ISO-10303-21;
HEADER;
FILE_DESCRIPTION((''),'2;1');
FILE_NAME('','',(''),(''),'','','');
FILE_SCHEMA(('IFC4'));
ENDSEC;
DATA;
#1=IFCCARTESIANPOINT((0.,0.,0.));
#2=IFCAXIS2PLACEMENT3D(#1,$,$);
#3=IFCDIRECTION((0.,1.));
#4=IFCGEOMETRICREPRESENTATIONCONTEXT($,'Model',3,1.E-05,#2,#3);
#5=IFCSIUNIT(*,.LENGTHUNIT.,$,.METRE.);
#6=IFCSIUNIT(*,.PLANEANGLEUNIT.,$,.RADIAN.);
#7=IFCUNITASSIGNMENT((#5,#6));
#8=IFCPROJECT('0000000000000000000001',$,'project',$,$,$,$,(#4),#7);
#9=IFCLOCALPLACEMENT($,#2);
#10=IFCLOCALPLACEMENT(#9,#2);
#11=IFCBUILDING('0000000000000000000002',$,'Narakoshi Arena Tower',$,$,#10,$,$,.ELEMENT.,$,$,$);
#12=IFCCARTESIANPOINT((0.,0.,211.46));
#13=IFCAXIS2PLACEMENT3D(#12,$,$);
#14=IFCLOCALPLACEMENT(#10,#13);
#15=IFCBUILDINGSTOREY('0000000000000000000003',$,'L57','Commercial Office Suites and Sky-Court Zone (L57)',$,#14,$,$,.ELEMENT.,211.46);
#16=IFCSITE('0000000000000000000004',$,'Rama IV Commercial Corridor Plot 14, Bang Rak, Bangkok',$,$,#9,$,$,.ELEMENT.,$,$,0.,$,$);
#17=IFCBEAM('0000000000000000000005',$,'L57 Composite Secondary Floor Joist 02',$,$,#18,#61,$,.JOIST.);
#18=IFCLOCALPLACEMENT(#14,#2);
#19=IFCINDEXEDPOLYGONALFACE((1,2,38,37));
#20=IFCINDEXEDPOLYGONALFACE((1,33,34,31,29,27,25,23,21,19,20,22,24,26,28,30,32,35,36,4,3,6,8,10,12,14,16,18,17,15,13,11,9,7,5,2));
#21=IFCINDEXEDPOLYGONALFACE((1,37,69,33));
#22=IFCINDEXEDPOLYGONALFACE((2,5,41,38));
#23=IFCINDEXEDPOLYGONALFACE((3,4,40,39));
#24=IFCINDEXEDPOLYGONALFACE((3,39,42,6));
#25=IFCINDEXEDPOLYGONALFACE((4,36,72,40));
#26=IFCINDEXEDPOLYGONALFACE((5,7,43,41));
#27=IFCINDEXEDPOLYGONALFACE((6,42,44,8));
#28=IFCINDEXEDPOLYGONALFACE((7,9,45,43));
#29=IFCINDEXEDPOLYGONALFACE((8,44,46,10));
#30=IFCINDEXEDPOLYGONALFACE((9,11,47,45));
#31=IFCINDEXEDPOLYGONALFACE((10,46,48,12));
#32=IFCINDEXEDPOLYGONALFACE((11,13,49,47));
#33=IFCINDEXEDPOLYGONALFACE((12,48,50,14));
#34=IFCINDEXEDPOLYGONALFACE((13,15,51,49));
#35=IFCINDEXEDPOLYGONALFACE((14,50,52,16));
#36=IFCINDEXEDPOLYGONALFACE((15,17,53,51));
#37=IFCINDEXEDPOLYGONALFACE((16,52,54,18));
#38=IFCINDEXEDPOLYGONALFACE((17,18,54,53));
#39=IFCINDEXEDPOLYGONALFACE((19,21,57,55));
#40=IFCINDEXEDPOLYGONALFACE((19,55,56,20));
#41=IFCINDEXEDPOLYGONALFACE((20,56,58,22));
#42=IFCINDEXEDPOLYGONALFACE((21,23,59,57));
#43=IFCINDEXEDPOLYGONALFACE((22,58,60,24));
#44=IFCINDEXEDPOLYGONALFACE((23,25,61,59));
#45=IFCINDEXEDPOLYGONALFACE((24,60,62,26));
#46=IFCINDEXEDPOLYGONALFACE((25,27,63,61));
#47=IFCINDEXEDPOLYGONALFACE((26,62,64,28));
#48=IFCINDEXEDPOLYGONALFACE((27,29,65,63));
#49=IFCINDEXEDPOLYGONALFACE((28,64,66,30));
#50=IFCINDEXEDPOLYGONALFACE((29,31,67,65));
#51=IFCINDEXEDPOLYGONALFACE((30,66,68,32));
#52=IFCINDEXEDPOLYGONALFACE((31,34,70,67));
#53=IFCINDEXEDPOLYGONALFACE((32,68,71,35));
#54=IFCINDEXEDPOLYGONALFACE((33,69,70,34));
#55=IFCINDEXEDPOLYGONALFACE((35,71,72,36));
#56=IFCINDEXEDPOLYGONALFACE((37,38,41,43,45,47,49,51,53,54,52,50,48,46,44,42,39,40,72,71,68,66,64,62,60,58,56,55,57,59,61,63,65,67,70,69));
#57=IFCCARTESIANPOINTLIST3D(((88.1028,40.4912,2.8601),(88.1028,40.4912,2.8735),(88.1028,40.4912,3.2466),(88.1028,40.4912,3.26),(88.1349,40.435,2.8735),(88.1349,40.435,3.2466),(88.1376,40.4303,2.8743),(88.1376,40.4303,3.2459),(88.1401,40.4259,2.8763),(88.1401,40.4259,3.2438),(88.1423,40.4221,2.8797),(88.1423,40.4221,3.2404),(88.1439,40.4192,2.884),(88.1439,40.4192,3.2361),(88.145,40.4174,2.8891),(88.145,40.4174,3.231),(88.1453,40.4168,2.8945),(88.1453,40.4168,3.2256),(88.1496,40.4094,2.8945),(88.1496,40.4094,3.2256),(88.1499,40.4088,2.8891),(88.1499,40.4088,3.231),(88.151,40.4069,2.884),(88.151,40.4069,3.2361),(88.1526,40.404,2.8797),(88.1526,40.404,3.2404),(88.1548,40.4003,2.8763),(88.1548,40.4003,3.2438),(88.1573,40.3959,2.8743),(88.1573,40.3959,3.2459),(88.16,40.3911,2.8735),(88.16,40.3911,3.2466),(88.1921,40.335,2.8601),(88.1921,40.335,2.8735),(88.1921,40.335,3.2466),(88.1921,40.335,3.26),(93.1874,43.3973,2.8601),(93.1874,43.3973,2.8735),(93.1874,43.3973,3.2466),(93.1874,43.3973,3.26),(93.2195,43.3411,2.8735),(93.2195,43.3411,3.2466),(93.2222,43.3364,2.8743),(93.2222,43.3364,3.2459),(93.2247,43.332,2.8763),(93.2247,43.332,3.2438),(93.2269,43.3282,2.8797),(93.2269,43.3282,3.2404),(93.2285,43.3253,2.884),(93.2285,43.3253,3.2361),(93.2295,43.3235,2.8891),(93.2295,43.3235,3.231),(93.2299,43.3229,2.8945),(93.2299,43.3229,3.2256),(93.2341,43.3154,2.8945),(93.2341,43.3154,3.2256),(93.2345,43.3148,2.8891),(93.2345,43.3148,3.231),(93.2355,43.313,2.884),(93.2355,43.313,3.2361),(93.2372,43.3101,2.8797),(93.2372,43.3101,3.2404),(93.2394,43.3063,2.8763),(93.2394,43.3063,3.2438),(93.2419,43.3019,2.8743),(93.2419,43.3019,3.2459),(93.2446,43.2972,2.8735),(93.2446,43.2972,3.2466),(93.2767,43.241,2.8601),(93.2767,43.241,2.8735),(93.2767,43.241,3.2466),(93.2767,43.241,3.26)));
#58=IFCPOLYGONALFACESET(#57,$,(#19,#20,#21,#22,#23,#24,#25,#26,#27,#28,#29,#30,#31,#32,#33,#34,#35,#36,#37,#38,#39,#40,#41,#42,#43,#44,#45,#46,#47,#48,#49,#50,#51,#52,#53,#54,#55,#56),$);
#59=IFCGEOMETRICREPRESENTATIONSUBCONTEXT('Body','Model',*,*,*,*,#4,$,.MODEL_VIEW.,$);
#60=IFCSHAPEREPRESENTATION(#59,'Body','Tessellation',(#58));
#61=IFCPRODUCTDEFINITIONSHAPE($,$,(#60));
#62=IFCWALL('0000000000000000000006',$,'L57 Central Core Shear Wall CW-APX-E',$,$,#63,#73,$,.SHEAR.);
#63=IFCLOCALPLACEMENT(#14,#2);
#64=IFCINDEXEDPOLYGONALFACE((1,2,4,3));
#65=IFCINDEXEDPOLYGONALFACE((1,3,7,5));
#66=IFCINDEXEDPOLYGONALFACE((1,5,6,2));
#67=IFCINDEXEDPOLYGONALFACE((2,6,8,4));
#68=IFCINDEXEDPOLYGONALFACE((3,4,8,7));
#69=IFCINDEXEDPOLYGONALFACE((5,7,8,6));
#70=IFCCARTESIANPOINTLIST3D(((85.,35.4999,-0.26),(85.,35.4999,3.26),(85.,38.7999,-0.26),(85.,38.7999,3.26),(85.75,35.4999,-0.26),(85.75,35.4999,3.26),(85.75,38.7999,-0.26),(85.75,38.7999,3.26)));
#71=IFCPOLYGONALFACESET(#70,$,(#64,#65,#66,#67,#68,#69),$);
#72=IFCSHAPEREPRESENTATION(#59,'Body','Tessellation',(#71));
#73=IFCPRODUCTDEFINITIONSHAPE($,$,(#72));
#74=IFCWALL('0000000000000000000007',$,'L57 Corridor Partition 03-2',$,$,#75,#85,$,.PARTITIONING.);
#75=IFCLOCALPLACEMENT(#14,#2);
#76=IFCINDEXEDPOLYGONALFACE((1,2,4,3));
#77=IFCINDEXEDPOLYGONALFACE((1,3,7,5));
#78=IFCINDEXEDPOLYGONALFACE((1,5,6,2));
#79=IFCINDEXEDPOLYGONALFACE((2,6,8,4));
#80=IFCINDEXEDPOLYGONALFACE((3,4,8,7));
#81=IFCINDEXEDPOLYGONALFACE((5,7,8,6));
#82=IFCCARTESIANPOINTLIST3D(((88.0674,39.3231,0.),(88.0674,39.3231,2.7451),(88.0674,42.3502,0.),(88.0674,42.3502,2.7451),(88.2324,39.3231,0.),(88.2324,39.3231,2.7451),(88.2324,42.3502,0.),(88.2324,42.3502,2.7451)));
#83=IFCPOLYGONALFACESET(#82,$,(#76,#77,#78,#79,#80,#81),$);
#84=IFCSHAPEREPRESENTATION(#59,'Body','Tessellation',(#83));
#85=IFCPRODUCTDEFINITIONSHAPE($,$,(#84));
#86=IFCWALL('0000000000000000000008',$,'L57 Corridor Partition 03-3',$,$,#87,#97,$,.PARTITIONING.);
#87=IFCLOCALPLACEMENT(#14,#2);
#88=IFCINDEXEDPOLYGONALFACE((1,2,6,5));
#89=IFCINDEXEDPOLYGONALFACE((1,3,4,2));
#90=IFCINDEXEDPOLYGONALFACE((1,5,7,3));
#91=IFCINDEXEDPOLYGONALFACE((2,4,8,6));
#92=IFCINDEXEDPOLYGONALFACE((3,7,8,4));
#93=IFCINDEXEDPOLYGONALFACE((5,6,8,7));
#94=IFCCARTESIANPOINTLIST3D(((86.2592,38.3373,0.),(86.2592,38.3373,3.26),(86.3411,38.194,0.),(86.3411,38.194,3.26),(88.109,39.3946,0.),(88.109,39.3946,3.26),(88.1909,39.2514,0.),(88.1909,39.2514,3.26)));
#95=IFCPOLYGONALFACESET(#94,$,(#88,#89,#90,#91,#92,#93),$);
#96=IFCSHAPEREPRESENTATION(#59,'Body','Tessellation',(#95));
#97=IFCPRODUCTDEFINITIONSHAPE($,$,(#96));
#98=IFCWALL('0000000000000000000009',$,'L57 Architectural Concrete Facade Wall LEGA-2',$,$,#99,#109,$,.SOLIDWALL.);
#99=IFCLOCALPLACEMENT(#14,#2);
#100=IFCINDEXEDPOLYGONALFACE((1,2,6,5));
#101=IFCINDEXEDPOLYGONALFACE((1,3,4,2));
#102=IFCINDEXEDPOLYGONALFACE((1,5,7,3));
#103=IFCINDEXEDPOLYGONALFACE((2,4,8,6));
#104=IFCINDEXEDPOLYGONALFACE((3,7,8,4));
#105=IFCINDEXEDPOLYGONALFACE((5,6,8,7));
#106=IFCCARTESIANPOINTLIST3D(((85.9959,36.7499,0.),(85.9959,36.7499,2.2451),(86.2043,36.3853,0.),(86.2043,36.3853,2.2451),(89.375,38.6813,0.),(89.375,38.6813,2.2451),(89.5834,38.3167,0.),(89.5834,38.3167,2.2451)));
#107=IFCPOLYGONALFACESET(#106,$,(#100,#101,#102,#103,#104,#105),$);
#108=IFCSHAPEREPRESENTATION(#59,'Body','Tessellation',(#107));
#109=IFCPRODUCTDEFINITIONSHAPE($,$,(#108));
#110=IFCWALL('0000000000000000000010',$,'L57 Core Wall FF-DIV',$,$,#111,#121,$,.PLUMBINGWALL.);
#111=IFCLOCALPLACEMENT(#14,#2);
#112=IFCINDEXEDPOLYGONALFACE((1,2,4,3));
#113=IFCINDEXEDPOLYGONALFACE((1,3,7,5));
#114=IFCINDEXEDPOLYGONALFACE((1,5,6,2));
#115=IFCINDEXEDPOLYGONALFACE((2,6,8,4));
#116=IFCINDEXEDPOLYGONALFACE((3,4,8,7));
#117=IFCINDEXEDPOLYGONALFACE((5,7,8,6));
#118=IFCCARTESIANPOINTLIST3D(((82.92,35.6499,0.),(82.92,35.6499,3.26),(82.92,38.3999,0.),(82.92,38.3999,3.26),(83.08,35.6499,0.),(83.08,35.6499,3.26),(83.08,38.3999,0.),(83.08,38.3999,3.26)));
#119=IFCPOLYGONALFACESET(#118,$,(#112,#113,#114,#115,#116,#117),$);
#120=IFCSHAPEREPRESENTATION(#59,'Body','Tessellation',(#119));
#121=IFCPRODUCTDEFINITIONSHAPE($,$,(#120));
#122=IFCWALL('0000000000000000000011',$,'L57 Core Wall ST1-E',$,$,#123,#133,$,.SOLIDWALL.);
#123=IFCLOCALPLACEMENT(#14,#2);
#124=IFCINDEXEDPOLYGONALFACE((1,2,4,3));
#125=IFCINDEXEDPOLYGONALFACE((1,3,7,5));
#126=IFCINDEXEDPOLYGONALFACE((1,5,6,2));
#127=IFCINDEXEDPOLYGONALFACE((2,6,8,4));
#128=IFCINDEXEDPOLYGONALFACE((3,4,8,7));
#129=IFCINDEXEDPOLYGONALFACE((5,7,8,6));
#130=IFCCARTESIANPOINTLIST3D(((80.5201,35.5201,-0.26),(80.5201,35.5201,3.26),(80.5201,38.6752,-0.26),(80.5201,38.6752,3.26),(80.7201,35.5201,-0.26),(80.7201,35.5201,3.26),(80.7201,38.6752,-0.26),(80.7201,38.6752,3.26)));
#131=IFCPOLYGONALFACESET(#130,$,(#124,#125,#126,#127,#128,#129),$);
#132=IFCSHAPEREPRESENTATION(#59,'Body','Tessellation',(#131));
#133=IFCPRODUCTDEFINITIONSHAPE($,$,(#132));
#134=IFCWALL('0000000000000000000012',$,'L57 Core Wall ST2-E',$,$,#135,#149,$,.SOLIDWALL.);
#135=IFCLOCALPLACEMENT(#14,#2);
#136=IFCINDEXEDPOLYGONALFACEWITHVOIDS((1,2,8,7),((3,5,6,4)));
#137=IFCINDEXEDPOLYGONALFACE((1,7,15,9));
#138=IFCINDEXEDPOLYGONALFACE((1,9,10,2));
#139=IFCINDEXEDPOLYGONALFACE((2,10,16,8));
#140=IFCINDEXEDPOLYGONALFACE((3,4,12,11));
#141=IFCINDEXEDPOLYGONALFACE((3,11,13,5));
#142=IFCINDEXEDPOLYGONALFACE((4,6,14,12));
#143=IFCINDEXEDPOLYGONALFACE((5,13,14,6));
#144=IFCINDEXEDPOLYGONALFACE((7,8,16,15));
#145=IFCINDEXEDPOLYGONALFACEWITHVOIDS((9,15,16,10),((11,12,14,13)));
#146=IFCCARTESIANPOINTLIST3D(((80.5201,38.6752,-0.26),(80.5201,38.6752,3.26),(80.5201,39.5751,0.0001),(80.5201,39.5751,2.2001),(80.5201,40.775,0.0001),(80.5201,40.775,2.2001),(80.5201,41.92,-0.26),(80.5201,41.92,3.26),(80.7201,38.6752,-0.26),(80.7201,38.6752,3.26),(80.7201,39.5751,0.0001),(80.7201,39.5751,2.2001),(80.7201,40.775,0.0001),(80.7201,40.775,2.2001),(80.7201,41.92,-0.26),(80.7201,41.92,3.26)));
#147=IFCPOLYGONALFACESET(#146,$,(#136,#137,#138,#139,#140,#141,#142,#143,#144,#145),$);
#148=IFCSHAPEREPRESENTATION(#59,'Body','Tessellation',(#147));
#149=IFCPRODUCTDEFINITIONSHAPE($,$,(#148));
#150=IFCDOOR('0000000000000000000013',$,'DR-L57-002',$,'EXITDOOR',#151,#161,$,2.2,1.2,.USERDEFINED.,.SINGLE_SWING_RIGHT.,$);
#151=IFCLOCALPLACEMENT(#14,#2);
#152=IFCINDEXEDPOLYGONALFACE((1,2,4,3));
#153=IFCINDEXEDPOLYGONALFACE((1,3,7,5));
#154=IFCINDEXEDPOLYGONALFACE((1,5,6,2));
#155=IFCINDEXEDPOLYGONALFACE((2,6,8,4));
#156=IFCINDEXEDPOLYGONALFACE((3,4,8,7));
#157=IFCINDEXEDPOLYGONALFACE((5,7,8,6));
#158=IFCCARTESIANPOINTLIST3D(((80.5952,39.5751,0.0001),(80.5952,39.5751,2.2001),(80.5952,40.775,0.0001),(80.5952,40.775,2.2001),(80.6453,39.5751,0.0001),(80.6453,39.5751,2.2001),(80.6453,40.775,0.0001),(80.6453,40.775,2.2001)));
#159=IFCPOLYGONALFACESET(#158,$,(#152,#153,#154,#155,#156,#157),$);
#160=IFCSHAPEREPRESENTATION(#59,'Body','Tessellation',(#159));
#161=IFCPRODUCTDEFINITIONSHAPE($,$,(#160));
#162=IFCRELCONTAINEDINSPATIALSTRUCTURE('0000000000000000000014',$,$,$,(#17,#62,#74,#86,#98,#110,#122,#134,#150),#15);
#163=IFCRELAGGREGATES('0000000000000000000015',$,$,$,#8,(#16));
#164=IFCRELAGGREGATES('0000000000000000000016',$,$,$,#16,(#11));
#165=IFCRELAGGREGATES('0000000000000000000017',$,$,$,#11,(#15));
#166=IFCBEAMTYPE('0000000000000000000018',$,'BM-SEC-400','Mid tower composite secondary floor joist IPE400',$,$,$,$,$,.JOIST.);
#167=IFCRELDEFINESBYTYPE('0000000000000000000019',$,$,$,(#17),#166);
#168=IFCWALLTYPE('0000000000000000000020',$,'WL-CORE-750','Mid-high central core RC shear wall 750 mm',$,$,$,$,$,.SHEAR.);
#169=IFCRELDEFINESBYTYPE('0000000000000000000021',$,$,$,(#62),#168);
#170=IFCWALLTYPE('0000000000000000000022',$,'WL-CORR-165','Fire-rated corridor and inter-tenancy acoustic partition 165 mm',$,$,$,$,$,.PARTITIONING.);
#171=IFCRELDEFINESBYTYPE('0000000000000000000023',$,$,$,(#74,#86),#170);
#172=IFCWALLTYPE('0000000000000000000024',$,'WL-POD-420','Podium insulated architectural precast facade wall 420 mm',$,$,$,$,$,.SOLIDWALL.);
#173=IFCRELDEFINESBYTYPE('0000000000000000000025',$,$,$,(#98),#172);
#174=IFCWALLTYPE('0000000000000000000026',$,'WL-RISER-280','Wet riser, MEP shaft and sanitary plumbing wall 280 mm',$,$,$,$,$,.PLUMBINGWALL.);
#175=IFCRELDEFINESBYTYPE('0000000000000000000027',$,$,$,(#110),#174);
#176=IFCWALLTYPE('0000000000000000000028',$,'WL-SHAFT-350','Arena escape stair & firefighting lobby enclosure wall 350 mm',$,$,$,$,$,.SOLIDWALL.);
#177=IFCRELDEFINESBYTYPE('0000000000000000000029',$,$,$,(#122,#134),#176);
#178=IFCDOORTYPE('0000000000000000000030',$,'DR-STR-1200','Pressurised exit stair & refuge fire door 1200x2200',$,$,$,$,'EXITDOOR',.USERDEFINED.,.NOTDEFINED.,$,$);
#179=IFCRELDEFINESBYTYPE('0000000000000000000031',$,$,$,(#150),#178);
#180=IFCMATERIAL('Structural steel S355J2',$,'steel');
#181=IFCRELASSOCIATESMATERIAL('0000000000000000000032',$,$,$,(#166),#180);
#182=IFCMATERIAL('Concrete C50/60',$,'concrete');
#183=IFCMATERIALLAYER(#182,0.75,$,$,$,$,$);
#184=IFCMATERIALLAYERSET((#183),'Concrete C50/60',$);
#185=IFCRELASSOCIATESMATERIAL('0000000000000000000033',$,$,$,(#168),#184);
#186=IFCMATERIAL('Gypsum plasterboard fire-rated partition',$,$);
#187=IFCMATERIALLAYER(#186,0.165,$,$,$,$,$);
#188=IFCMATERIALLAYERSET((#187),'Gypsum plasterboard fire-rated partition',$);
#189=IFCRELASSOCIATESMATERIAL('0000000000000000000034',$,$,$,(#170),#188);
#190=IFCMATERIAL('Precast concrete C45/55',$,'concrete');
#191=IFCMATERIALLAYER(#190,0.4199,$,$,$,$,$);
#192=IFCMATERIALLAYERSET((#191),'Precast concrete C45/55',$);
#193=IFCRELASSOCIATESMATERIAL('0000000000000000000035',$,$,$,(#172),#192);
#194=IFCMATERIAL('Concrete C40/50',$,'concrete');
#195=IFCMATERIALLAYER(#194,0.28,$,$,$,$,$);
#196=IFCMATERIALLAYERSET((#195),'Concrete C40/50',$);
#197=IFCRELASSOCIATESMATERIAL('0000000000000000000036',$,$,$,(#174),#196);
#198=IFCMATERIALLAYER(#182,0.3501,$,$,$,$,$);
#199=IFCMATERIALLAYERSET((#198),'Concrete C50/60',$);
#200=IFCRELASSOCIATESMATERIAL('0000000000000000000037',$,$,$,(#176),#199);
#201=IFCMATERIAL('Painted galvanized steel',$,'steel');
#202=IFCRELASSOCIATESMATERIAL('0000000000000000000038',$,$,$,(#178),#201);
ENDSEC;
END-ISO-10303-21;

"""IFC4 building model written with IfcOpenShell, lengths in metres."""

from ifc_helpers import new_model, si_unit, direction, frame, frame_2d, origin, origin_2d, place, context, subcontext, project, spatial, rectangle, i_section, extrude, material, layer, layer_set, material_profile, profile_set, type_object, element, fill, save


model = new_model("IFC4")

# Units and contexts
model_context = context("Model", 3, precision=1e-05, world=origin(), true_north=direction((0.0, 1.0)))
body_context = subcontext(model_context, "Body", "Model", "MODEL_VIEW")
ifc_project = project(units=[si_unit("LENGTHUNIT", "METRE"), si_unit("PLANEANGLEUNIT", "RADIAN")], contexts=[model_context])

# Site, building, storey
site_placement = place(None, origin())
site = spatial("IfcSite", under=ifc_project, at=site_placement, Name="Rama IV Commercial Corridor Plot 14, Bang Rak, Bangkok", CompositionType="ELEMENT", RefElevation=0.0)
building_placement = place(site_placement, origin())
building = spatial("IfcBuilding", under=site, at=building_placement, Name="Narakoshi Arena Tower", CompositionType="ELEMENT")
storey_placement = place(building_placement, frame((0.0, 0.0, 211.46)))
storey = spatial("IfcBuildingStorey", under=building, at=storey_placement, Name="L57", Description="Commercial Office Suites and Sky-Court Zone (L57)", CompositionType="ELEMENT", Elevation=211.46)

# Beam
ifc_material_1 = material(Name="Structural steel S355J2", Category="steel")
ifc_material_profile = material_profile(ifc_material_1, i_section(OverallWidth=0.1799, OverallDepth=0.3999, WebThickness=0.0085, FlangeThickness=0.0134, FilletRadius=0.021, at=origin_2d()), Name="IPE400")
ifc_profile_set = profile_set([ifc_material_profile], Name="Structural steel S355J2")
beam_type = type_object("IfcBeamType", Name="BM-SEC-400", Description="Mid tower composite secondary floor joist IPE400", PredefinedType="JOIST", material=ifc_profile_set)
beam_placement = place(storey_placement, frame((88.1475, 40.4131, 3.0601), z_axis=(0.8682, 0.496215, 0.0), x_axis=(-0.496215, 0.8682, 0.0)))
element("IfcBeam", 1, at=beam_placement, inside=storey, type_object=beam_type, Name="L57 Composite Secondary Floor Joist 02", PredefinedType="JOIST", context=body_context, shape_type="SweptSolid", body=[
    extrude(i_section(OverallWidth=0.1799, OverallDepth=0.3999, WebThickness=0.0085, FlangeThickness=0.0134, FilletRadius=0.021, at=origin_2d()), origin(), (0.0, 0.0, 1.0), 5.8564),
])

# Walls
ifc_material_2 = material(Name="Concrete C50/60", Category="concrete")
ifc_layer_1 = layer(ifc_material_2, 0.75)
ifc_layer_set_1 = layer_set([ifc_layer_1], Name="Concrete C50/60")
wall_type_1 = type_object("IfcWallType", Name="WL-CORE-750", Description="Mid-high central core RC shear wall 750 mm", PredefinedType="SHEAR", material=ifc_layer_set_1)
wall_1_placement = place(storey_placement, frame((85.375, 35.5, -0.26), z_axis=(0.0, 0.0, 1.0), x_axis=(0.0, 1.0, 0.0)))
element("IfcWall", 2, at=wall_1_placement, inside=storey, type_object=wall_type_1, Name="L57 Central Core Shear Wall CW-APX-E", PredefinedType="SHEAR", context=body_context, shape_type="SweptSolid", body=[
    extrude(rectangle(XDim=3.3, YDim=0.75, at=frame_2d((1.6499, 0.0))), origin(), (0.0, 0.0, 1.0), 3.52),
])
ifc_material_3 = material(Name="Gypsum plasterboard fire-rated partition")
ifc_layer_2 = layer(ifc_material_3, 0.165)
ifc_layer_set_2 = layer_set([ifc_layer_2], Name="Gypsum plasterboard fire-rated partition")
wall_type_2 = type_object("IfcWallType", Name="WL-CORR-165", Description="Fire-rated corridor and inter-tenancy acoustic partition 165 mm", PredefinedType="PARTITIONING", material=ifc_layer_set_2)
wall_2_placement = place(storey_placement, frame((88.1499, 39.323, 0.0), z_axis=(0.0, 0.0, 1.0), x_axis=(0.0, 1.0, 0.0)))
element("IfcWall", 3, at=wall_2_placement, inside=storey, type_object=wall_type_2, Name="L57 Corridor Partition 03-2", PredefinedType="PARTITIONING", context=body_context, shape_type="SweptSolid", body=[
    extrude(rectangle(XDim=3.0271, YDim=0.165, at=frame_2d((1.5137, 0.0))), origin(), (0.0, 0.0, 1.0), 2.7451),
])
wall_3_placement = place(storey_placement, frame((86.3, 38.2656, 0.0), z_axis=(0.0, 0.0, 1.0), x_axis=(0.86818, 0.49625, 0.0)))
element("IfcWall", 4, at=wall_3_placement, inside=storey, type_object=wall_type_2, Name="L57 Corridor Partition 03-3", PredefinedType="PARTITIONING", context=body_context, shape_type="SweptSolid", body=[
    extrude(rectangle(XDim=2.1306, YDim=0.165, at=frame_2d((1.0654, 0.0))), origin(), (0.0, 0.0, 1.0), 3.26),
])
ifc_material_4 = material(Name="Precast concrete C45/55", Category="concrete")
ifc_layer_3 = layer(ifc_material_4, 0.4199)
ifc_layer_set_3 = layer_set([ifc_layer_3], Name="Precast concrete C45/55")
wall_type_3 = type_object("IfcWallType", Name="WL-POD-420", Description="Podium insulated architectural precast facade wall 420 mm", PredefinedType="SOLIDWALL", material=ifc_layer_set_3)
wall_4_placement = place(storey_placement, frame((86.1001, 36.5676, 0.0), z_axis=(0.0, 0.0, 1.0), x_axis=(0.868193, 0.496227, 0.0)))
element("IfcWall", 5, at=wall_4_placement, inside=storey, type_object=wall_type_3, Name="L57 Architectural Concrete Facade Wall LEGA-2", PredefinedType="SOLIDWALL", context=body_context, shape_type="SweptSolid", body=[
    extrude(rectangle(XDim=3.8921, YDim=0.4199, at=frame_2d((1.946, 0.0))), origin(), (0.0, 0.0, 1.0), 2.2451),
])
ifc_material_5 = material(Name="Concrete C40/50", Category="concrete")
ifc_layer_4 = layer(ifc_material_5, 0.28)
ifc_layer_set_4 = layer_set([ifc_layer_4], Name="Concrete C40/50")
wall_type_4 = type_object("IfcWallType", Name="WL-RISER-280", Description="Wet riser, MEP shaft and sanitary plumbing wall 280 mm", PredefinedType="PLUMBINGWALL", material=ifc_layer_set_4)
wall_5_placement = place(storey_placement, frame((83.0, 35.6499, 0.0), z_axis=(0.0, 0.0, 1.0), x_axis=(0.0, 1.0, 0.0)))
element("IfcWall", 6, at=wall_5_placement, inside=storey, type_object=wall_type_4, Name="L57 Core Wall FF-DIV", PredefinedType="PLUMBINGWALL", context=body_context, shape_type="SweptSolid", body=[
    extrude(rectangle(XDim=2.75, YDim=0.1599, at=frame_2d((1.375, 0.0))), origin(), (0.0, 0.0, 1.0), 3.26),
])
ifc_layer_5 = layer(ifc_material_2, 0.3501)
ifc_layer_set_5 = layer_set([ifc_layer_5], Name="Concrete C50/60")
wall_type_5 = type_object("IfcWallType", Name="WL-SHAFT-350", Description="Arena escape stair & firefighting lobby enclosure wall 350 mm", PredefinedType="SOLIDWALL", material=ifc_layer_set_5)
wall_6_placement = place(storey_placement, frame((80.6201, 35.52, -0.26), z_axis=(0.0, 0.0, 1.0), x_axis=(0.0, 1.0, 0.0)))
element("IfcWall", 7, at=wall_6_placement, inside=storey, type_object=wall_type_5, Name="L57 Core Wall ST1-E", PredefinedType="SOLIDWALL", context=body_context, shape_type="SweptSolid", body=[
    extrude(rectangle(XDim=3.155, YDim=0.2, at=frame_2d((1.5776, 0.0))), origin(), (0.0, 0.0, 1.0), 3.52),
])

# Wall, opening, door
wall_7_placement = place(storey_placement, frame((80.6201, 38.675, -0.26), z_axis=(0.0, 0.0, 1.0), x_axis=(0.0, 1.0, 0.0)))
wall_7 = element("IfcWall", 8, at=wall_7_placement, inside=storey, type_object=wall_type_5, Name="L57 Core Wall ST2-E", PredefinedType="SOLIDWALL", context=body_context, shape_type="SweptSolid", body=[
    extrude(rectangle(XDim=3.2449, YDim=0.2, at=frame_2d((1.6226, 0.0))), origin(), (0.0, 0.0, 1.0), 3.52),
])
opening_1_placement = place(wall_7_placement, frame((0.8999, 0.0, 0.26)))
opening_1 = element("IfcOpeningElement", 9, at=opening_1_placement, cuts=wall_7, PredefinedType="OPENING", context=body_context, shape_type="SweptSolid", body=[
    extrude(rectangle(XDim=1.2, YDim=2.2, at=frame_2d((0.6001, 1.1001))), frame((0.0, 0.1099, 0.0), z_axis=(0.0, -1.0, 0.0), x_axis=(1.0, 0.0, 0.0)), (0.0, 0.0, 1.0), 0.22),
])
ifc_material_6 = material(Name="Painted galvanized steel", Category="steel")
door_type_1 = type_object("IfcDoorType", Name="DR-STR-1200", Description="Pressurised exit stair & refuge fire door 1200x2200", ElementType="EXITDOOR", OperationType="NOTDEFINED", PredefinedType="USERDEFINED", material=ifc_material_6)
door_1_placement = place(opening_1_placement, origin())
door_1 = element("IfcDoor", 10, at=door_1_placement, inside=storey, type_object=door_type_1, Name="DR-L57-002", ObjectType="EXITDOOR", OperationType="SINGLE_SWING_RIGHT", OverallHeight=2.2, OverallWidth=1.2, PredefinedType="USERDEFINED", context=body_context, shape_type="SweptSolid", body=[
    extrude(rectangle(XDim=1.2, YDim=2.2, at=frame_2d((0.6001, 1.1001))), frame((0.0, 0.0249, 0.0), z_axis=(0.0, -1.0, 0.0), x_axis=(1.0, 0.0, 0.0)), (0.0, 0.0, 1.0), 0.05),
])
fill(opening_1, door_1)

save(model, "model.ifc")
